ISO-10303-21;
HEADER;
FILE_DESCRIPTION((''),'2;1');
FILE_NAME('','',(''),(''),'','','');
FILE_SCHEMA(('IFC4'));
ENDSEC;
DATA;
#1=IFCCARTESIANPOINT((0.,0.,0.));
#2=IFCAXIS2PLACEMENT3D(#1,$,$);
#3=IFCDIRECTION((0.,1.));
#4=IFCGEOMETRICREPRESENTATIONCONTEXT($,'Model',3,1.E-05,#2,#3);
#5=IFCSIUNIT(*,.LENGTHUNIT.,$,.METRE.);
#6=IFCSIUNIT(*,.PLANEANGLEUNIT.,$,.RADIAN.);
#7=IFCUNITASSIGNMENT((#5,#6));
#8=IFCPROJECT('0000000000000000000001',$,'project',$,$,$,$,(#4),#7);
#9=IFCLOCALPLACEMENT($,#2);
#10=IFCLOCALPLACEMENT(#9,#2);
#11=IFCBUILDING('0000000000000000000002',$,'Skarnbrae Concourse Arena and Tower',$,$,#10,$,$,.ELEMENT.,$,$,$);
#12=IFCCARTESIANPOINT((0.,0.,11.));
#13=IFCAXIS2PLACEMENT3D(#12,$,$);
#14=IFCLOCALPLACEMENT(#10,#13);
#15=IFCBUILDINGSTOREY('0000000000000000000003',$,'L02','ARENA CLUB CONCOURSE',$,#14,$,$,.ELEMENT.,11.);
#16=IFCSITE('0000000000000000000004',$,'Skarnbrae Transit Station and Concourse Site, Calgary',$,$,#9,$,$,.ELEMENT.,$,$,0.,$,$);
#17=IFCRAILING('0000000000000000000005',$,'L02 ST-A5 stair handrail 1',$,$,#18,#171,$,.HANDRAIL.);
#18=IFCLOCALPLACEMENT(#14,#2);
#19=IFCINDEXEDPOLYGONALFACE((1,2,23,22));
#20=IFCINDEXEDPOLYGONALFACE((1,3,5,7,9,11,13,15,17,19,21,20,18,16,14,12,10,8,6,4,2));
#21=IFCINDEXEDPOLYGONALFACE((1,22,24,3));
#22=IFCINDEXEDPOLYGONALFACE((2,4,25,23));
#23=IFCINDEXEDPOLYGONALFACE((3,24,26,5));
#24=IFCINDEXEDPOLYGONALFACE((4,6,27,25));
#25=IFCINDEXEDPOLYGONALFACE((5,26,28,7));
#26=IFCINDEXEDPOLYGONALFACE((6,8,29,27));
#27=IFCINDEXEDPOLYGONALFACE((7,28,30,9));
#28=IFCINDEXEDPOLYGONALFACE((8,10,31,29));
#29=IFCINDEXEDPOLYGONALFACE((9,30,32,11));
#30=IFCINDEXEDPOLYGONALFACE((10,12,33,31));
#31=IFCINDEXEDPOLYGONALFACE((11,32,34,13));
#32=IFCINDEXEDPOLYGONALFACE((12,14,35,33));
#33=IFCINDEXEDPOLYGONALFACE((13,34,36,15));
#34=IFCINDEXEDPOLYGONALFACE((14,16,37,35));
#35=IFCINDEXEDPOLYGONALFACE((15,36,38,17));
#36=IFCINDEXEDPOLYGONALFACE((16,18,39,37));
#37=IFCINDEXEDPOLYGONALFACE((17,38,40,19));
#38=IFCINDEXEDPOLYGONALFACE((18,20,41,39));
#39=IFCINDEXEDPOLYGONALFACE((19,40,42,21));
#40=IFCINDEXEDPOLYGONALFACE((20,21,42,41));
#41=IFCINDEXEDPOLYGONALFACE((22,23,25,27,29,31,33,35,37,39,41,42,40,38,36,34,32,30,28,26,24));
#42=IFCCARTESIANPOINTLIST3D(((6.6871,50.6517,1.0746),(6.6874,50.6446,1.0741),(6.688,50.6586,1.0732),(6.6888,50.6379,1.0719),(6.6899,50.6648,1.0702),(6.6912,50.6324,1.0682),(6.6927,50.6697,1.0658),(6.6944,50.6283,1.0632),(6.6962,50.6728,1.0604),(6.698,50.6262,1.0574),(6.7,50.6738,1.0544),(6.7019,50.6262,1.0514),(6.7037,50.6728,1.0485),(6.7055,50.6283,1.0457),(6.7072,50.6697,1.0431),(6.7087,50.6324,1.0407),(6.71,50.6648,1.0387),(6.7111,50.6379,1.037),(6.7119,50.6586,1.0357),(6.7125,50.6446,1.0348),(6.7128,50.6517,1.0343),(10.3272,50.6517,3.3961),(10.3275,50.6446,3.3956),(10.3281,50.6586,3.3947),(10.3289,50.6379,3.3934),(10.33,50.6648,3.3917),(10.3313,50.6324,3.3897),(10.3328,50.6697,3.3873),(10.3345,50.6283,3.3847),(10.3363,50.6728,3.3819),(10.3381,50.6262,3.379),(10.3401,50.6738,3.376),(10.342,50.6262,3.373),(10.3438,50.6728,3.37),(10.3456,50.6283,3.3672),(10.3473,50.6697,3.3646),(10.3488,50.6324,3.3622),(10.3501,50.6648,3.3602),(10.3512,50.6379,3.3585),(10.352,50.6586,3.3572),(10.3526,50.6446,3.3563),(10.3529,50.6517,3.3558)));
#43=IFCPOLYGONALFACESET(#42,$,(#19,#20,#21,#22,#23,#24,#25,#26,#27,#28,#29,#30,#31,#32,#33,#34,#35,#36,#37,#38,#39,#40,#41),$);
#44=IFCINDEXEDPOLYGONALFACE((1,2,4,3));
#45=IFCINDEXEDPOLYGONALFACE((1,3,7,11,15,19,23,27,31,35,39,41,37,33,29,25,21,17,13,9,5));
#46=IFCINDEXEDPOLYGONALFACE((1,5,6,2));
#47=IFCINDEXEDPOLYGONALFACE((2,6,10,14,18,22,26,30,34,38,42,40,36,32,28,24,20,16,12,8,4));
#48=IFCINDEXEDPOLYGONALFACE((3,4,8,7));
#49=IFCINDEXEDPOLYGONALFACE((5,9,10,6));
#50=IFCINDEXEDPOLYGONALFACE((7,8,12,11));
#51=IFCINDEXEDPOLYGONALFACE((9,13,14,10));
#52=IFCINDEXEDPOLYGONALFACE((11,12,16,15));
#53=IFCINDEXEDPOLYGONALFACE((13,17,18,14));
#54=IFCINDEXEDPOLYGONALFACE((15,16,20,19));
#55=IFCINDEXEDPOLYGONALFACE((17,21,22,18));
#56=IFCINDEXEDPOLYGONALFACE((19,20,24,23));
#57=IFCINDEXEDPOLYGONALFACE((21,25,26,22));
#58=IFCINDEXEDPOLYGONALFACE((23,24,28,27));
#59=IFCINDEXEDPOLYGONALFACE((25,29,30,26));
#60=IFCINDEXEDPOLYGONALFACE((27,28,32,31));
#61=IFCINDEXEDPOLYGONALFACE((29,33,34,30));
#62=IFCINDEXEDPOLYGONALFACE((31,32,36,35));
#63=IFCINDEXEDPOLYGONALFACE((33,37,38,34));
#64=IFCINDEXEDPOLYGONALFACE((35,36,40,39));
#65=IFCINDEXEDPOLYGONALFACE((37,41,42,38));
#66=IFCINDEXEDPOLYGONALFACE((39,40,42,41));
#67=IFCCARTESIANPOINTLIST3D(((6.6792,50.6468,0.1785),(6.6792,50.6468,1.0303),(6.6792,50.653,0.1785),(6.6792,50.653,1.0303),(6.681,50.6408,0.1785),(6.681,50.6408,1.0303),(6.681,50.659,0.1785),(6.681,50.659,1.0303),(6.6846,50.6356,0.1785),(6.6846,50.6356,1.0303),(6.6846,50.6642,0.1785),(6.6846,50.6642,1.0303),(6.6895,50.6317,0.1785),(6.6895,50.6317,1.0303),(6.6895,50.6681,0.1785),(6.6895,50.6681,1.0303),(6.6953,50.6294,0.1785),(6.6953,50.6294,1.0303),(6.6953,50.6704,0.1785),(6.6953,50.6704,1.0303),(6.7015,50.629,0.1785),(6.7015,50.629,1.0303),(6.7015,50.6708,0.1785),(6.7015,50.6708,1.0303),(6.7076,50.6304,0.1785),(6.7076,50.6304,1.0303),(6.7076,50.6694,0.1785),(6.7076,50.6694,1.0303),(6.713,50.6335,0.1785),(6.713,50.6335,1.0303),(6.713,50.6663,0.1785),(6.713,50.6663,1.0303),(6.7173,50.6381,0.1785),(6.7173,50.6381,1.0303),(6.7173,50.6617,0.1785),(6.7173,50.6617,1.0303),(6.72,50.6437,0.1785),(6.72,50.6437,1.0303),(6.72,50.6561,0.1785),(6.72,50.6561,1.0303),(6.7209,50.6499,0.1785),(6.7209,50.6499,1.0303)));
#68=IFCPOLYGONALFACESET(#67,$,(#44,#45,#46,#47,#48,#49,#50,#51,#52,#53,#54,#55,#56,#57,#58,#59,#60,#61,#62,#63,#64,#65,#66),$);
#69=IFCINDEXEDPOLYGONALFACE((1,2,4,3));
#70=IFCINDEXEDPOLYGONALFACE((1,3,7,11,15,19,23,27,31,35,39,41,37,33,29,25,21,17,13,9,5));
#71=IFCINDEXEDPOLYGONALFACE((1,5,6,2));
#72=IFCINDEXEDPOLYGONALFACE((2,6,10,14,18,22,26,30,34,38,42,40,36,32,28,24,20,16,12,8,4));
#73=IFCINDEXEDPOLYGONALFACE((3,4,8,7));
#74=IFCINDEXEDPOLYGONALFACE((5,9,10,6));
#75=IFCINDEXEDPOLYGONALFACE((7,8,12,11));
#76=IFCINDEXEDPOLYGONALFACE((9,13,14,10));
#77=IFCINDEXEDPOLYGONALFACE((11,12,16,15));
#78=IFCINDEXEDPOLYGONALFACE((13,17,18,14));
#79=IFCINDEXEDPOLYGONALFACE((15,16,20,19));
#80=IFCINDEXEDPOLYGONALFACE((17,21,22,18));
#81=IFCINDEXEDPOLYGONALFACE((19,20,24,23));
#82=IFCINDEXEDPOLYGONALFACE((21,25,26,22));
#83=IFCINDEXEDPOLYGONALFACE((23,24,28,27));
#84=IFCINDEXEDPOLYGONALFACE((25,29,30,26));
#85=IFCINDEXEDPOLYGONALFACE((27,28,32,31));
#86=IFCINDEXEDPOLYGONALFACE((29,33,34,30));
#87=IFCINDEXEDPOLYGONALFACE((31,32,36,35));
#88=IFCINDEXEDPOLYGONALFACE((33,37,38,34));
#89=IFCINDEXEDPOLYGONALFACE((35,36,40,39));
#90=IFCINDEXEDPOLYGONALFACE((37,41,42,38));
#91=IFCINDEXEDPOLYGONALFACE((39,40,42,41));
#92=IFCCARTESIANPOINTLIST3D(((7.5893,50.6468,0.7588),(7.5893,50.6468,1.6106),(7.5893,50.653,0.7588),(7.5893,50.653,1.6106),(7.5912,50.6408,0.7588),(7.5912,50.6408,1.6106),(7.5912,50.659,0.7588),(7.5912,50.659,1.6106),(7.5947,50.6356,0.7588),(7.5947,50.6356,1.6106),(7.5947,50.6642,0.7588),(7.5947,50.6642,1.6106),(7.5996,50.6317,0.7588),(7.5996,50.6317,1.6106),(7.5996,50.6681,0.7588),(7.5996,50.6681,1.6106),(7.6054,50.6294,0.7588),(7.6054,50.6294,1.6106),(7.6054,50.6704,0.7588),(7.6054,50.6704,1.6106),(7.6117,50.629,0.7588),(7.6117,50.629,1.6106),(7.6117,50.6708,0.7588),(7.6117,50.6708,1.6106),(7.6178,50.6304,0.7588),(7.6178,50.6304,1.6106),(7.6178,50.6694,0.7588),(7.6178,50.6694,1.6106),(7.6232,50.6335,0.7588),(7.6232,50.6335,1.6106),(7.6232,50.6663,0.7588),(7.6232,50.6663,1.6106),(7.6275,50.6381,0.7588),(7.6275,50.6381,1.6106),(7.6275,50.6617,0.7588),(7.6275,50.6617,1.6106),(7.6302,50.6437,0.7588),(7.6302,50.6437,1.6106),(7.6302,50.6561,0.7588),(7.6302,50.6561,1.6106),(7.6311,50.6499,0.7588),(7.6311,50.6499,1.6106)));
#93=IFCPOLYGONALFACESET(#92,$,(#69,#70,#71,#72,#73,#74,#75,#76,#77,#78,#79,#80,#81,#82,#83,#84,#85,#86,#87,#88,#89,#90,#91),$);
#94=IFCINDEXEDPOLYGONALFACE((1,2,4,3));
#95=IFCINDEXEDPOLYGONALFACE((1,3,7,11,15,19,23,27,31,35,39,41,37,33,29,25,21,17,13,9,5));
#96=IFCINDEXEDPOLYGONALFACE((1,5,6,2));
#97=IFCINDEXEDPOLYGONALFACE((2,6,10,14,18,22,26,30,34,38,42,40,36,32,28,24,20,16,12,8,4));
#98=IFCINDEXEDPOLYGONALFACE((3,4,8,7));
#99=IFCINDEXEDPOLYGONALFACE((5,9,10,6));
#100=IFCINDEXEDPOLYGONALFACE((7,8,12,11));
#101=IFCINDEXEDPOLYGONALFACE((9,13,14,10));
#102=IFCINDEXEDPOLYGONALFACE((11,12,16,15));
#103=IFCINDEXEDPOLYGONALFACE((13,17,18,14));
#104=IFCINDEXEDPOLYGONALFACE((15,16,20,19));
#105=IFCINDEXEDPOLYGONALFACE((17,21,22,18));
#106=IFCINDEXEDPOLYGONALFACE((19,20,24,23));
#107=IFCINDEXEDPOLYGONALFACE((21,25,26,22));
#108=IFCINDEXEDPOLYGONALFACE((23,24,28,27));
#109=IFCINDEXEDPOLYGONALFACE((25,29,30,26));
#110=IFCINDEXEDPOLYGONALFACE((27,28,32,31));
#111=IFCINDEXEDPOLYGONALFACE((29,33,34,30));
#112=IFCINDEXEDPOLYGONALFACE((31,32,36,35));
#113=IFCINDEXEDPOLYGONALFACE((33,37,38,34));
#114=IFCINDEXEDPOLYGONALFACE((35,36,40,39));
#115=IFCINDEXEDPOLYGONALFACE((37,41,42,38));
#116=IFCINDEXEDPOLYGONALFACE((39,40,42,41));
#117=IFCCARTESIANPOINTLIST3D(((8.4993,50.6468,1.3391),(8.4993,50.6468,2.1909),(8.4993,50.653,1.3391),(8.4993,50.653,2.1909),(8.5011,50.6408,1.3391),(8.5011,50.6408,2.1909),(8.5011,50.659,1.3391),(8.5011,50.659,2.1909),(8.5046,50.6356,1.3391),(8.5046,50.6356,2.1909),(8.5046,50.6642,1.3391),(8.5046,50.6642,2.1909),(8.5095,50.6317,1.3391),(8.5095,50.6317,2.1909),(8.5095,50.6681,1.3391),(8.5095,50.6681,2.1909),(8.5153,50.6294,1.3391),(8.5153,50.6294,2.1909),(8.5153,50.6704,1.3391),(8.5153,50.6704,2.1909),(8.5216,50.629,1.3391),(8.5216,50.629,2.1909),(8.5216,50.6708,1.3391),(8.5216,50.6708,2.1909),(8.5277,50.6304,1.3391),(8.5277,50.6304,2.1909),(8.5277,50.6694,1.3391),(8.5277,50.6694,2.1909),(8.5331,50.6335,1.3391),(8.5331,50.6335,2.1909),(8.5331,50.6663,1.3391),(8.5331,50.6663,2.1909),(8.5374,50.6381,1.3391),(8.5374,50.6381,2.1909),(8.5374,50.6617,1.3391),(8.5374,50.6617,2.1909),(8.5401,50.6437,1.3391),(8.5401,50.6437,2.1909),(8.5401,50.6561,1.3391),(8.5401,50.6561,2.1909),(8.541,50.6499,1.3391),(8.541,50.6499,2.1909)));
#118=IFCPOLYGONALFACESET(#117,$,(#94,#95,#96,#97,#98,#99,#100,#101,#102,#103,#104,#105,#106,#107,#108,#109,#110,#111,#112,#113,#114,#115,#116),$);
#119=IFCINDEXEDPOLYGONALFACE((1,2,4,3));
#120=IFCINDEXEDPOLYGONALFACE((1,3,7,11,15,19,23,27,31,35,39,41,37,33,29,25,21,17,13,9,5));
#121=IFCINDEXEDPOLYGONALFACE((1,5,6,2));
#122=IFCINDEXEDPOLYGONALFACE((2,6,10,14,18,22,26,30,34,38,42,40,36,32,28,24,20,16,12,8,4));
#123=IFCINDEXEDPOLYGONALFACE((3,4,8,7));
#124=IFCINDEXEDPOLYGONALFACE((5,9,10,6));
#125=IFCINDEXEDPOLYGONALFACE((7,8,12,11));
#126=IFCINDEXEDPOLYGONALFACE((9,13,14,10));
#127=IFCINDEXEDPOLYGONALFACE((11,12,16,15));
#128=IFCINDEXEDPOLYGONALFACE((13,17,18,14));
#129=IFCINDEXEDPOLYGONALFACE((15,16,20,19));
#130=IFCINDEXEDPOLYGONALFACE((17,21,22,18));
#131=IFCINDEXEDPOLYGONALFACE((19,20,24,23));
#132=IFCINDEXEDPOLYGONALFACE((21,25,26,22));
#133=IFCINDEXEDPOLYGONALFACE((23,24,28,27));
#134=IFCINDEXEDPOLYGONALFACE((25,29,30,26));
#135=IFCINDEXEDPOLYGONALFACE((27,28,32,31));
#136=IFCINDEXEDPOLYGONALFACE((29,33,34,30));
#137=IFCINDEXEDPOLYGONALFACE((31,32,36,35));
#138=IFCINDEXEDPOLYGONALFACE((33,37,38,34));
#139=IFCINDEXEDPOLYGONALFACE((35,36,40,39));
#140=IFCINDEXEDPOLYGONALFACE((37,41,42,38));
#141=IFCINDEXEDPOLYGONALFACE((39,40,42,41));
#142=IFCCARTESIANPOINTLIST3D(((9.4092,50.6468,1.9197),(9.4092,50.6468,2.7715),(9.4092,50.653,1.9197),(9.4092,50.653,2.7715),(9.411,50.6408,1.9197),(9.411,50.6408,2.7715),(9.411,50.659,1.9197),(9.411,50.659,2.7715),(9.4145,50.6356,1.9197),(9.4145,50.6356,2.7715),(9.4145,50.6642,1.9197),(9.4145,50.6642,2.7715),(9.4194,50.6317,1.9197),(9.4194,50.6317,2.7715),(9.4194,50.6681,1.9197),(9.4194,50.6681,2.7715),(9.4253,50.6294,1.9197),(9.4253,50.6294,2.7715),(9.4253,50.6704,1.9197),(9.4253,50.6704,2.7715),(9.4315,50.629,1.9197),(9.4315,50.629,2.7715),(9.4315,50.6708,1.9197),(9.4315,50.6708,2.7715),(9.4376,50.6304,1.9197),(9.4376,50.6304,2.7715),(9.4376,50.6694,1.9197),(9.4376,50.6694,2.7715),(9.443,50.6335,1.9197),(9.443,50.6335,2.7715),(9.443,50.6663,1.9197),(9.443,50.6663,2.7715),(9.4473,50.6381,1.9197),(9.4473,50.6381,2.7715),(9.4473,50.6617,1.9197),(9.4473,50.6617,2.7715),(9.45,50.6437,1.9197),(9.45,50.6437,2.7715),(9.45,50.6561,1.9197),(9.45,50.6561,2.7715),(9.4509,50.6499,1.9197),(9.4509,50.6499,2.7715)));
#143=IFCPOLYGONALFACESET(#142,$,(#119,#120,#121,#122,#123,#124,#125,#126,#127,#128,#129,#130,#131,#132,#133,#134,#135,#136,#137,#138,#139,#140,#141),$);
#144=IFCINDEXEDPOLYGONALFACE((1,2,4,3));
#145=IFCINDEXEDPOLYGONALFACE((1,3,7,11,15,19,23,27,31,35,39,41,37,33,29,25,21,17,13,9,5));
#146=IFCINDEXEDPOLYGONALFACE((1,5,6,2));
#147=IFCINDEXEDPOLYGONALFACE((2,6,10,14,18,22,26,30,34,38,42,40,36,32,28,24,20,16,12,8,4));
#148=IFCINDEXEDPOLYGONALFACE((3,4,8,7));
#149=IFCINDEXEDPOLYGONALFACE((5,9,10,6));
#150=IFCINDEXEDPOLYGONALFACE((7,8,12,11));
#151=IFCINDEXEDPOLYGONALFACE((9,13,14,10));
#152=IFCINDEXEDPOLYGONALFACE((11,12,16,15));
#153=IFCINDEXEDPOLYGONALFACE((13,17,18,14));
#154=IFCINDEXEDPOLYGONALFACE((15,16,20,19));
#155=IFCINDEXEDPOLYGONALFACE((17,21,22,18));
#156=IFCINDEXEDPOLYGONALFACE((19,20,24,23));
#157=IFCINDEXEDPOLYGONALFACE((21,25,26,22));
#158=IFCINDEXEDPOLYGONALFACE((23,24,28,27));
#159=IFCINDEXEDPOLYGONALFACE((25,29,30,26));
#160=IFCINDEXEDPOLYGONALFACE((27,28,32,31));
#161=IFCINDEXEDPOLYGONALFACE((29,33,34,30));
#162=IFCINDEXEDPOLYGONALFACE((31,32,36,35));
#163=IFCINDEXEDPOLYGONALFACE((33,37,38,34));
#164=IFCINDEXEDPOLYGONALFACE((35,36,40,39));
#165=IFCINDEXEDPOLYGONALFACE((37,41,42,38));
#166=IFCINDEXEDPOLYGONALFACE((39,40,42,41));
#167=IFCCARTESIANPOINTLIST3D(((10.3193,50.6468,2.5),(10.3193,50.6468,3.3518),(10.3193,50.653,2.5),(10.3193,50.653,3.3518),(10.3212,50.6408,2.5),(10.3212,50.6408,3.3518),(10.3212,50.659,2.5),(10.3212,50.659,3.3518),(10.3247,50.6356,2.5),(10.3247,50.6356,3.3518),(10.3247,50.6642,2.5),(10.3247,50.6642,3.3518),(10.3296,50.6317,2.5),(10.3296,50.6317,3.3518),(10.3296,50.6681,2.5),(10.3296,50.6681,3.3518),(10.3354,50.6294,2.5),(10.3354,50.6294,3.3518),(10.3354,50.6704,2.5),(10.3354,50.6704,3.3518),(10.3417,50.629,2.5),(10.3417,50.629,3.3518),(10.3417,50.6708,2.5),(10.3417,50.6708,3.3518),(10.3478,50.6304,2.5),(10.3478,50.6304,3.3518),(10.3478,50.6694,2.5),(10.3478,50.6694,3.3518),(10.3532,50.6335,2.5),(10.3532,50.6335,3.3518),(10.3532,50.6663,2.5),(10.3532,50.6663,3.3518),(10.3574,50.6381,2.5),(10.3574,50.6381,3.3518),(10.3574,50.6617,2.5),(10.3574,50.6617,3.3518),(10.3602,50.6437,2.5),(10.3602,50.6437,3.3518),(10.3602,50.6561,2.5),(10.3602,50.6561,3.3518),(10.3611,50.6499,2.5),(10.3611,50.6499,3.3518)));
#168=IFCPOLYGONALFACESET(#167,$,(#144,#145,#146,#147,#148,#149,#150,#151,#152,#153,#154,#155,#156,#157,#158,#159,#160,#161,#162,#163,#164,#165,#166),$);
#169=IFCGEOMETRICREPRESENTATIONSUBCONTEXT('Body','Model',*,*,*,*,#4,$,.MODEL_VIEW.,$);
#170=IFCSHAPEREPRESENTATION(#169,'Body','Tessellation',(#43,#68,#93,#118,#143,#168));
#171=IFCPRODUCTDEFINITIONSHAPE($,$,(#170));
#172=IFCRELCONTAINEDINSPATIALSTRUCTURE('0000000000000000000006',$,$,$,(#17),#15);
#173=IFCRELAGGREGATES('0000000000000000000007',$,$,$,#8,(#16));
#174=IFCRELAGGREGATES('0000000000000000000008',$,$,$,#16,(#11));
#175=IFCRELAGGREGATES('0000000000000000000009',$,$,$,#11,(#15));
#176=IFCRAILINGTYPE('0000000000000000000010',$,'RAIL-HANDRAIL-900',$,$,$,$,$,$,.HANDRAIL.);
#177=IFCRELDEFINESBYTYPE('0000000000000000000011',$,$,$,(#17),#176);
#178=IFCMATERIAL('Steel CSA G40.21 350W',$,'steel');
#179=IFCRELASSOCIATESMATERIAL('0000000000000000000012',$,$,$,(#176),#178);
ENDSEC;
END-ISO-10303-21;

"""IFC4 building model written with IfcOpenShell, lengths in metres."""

from ifc_helpers import new_model, si_unit, direction, frame, origin, origin_2d, place, context, subcontext, project, spatial, circle, extrude, material, type_object, element, save


model = new_model("IFC4")

# Units and contexts
model_context = context("Model", 3, precision=1e-05, world=origin(), true_north=direction((0.0, 1.0)))
body_context = subcontext(model_context, "Body", "Model", "MODEL_VIEW")
ifc_project = project(units=[si_unit("LENGTHUNIT", "METRE"), si_unit("PLANEANGLEUNIT", "RADIAN")], contexts=[model_context])

# Site, building, storey
site_placement = place(None, origin())
site = spatial("IfcSite", under=ifc_project, at=site_placement, Name="Skarnbrae Transit Station and Concourse Site, Calgary", CompositionType="ELEMENT", RefElevation=0.0)
building_placement = place(site_placement, origin())
building = spatial("IfcBuilding", under=site, at=building_placement, Name="Skarnbrae Concourse Arena and Tower", CompositionType="ELEMENT")
storey_placement = place(building_placement, frame((0.0, 0.0, 11.0)))
storey = spatial("IfcBuildingStorey", under=building, at=storey_placement, Name="L02", Description="ARENA CLUB CONCOURSE", CompositionType="ELEMENT", Elevation=11.0)

# Shared definitions
ifc_material_1 = material(Name="Steel CSA G40.21 350W", Category="steel")

# Railing
railing_type_1 = type_object("IfcRailingType", Name="RAIL-HANDRAIL-900", PredefinedType="HANDRAIL", material=ifc_material_1)
railing_1_placement = place(storey_placement, frame((6.7, 50.6499, 0.1785)))
element("IfcRailing", 1, at=railing_1_placement, inside=storey, type_object=railing_type_1, Name="L02 ST-A5 stair handrail 1", PredefinedType="HANDRAIL", context=body_context, shape_type="SweptSolid", body=[
    extrude(circle(Radius=0.0239, at=origin_2d()), frame((0.0, 0.0, 0.876), z_axis=(0.843128, 0.0, 0.537713), x_axis=(0.0, 1.0, 0.0)), (0.0, 0.0, 1.0), 4.3174),
    extrude(circle(Radius=0.021, at=origin_2d()), origin(), (0.0, 0.0, 1.0), 0.8518),
    extrude(circle(Radius=0.021, at=origin_2d()), frame((0.9102, 0.0, 0.5803)), (0.0, 0.0, 1.0), 0.8518),
    extrude(circle(Radius=0.021, at=origin_2d()), frame((1.8201, 0.0, 1.1606)), (0.0, 0.0, 1.0), 0.8518),
    extrude(circle(Radius=0.021, at=origin_2d()), frame((2.73, 0.0, 1.7412)), (0.0, 0.0, 1.0), 0.8518),
    extrude(circle(Radius=0.021, at=origin_2d()), frame((3.6401, 0.0, 2.3215)), (0.0, 0.0, 1.0), 0.8518),
])

save(model, "model.ifc")
